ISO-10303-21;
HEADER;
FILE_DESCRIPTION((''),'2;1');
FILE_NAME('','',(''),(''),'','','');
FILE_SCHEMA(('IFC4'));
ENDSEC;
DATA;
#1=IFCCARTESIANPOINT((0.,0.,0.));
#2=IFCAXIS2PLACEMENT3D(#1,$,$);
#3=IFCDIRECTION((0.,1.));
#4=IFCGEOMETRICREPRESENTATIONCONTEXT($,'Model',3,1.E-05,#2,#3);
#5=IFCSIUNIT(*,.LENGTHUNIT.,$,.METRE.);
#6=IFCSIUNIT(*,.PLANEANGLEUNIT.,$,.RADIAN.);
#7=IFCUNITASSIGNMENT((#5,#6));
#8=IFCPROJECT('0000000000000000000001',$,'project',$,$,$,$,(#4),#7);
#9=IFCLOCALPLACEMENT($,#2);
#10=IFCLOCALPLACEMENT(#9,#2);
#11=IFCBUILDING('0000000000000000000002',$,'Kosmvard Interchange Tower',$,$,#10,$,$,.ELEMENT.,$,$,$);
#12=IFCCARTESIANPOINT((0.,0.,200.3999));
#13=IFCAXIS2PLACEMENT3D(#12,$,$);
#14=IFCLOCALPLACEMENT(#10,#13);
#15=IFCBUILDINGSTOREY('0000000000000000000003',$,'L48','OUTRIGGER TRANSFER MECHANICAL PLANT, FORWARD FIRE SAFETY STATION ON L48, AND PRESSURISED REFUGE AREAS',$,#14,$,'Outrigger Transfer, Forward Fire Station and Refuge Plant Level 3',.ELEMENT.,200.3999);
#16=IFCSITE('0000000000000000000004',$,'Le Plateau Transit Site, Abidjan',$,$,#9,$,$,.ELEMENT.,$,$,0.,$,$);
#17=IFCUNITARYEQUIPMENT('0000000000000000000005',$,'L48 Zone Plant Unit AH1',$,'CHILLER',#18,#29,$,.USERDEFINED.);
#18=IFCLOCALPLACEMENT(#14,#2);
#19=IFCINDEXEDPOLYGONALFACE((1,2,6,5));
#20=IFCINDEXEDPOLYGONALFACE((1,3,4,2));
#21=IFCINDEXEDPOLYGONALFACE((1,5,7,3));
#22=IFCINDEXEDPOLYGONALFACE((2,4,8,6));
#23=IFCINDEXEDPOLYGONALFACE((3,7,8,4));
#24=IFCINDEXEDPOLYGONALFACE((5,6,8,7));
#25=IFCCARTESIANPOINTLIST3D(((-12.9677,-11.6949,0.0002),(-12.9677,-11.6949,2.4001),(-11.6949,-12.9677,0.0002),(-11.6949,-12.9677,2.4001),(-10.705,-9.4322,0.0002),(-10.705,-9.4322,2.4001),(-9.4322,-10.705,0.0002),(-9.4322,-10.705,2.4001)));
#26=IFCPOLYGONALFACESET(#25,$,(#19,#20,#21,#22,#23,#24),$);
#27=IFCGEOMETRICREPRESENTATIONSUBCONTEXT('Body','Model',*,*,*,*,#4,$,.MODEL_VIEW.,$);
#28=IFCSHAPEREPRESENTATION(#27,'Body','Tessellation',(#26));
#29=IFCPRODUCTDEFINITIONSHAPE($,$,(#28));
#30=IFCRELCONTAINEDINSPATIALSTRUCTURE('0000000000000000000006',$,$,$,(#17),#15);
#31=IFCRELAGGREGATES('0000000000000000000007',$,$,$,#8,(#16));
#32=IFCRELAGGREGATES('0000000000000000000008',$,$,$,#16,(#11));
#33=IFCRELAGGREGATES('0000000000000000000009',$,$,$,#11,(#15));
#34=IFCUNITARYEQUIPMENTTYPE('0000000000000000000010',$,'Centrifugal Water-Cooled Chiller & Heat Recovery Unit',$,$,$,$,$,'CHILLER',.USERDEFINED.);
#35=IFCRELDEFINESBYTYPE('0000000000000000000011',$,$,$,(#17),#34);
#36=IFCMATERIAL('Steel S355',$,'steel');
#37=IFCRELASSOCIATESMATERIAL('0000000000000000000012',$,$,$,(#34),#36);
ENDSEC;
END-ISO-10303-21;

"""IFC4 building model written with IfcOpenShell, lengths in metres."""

from ifc_helpers import new_model, si_unit, direction, frame, origin, origin_2d, place, context, subcontext, project, spatial, rectangle, extrude, source, transform, mapped, material, type_object, element, save


model = new_model("IFC4")

# Units and contexts
model_context = context("Model", 3, precision=1e-05, world=origin(), true_north=direction((0.0, 1.0)))
body_context = subcontext(model_context, "Body", "Model", "MODEL_VIEW")
ifc_project = project(units=[si_unit("LENGTHUNIT", "METRE"), si_unit("PLANEANGLEUNIT", "RADIAN")], contexts=[model_context])

# Site, building, storey
site_placement = place(None, origin())
site = spatial("IfcSite", under=ifc_project, at=site_placement, Name="Le Plateau Transit Site, Abidjan", CompositionType="ELEMENT", RefElevation=0.0)
building_placement = place(site_placement, origin())
building = spatial("IfcBuilding", under=site, at=building_placement, Name="Kosmvard Interchange Tower", CompositionType="ELEMENT")
storey_placement = place(building_placement, frame((0.0, 0.0, 200.3999)))
storey = spatial("IfcBuildingStorey", under=building, at=storey_placement, Name="L48", Description="OUTRIGGER TRANSFER MECHANICAL PLANT, FORWARD FIRE SAFETY STATION ON L48, AND PRESSURISED REFUGE AREAS", LongName="Outrigger Transfer, Forward Fire Station and Refuge Plant Level 3", CompositionType="ELEMENT", Elevation=200.3999)

# Shared definitions
ifc_material_1 = material(Name="Steel S355", Category="steel")

# Unitary equipment
unitary_equipment_type = type_object("IfcUnitaryEquipmentType", Name="Centrifugal Water-Cooled Chiller & Heat Recovery Unit", ElementType="CHILLER", PredefinedType="USERDEFINED", material=ifc_material_1)
shared_shape_1 = source(origin(), body_context, "Body", "SweptSolid", [
    extrude(rectangle(XDim=3.2, YDim=1.8, at=origin_2d()), origin(), (0.0, 0.0, 1.0), 2.3999),
])
unitary_equipment_placement = place(storey_placement, frame((-11.2, -11.2, 0.0002), z_axis=(0.0, 0.0, 1.0), x_axis=(0.707107, 0.707107, 0.0)))
element("IfcUnitaryEquipment", 1, at=unitary_equipment_placement, inside=storey, type_object=unitary_equipment_type, Name="L48 Zone Plant Unit AH1", ObjectType="CHILLER", PredefinedType="USERDEFINED", context=body_context, shape_type="MappedRepresentation", body=[
    mapped(shared_shape_1, transform((0.0, 0.0, 0.0), scale=1.0)),
])

save(model, "model.ifc")
